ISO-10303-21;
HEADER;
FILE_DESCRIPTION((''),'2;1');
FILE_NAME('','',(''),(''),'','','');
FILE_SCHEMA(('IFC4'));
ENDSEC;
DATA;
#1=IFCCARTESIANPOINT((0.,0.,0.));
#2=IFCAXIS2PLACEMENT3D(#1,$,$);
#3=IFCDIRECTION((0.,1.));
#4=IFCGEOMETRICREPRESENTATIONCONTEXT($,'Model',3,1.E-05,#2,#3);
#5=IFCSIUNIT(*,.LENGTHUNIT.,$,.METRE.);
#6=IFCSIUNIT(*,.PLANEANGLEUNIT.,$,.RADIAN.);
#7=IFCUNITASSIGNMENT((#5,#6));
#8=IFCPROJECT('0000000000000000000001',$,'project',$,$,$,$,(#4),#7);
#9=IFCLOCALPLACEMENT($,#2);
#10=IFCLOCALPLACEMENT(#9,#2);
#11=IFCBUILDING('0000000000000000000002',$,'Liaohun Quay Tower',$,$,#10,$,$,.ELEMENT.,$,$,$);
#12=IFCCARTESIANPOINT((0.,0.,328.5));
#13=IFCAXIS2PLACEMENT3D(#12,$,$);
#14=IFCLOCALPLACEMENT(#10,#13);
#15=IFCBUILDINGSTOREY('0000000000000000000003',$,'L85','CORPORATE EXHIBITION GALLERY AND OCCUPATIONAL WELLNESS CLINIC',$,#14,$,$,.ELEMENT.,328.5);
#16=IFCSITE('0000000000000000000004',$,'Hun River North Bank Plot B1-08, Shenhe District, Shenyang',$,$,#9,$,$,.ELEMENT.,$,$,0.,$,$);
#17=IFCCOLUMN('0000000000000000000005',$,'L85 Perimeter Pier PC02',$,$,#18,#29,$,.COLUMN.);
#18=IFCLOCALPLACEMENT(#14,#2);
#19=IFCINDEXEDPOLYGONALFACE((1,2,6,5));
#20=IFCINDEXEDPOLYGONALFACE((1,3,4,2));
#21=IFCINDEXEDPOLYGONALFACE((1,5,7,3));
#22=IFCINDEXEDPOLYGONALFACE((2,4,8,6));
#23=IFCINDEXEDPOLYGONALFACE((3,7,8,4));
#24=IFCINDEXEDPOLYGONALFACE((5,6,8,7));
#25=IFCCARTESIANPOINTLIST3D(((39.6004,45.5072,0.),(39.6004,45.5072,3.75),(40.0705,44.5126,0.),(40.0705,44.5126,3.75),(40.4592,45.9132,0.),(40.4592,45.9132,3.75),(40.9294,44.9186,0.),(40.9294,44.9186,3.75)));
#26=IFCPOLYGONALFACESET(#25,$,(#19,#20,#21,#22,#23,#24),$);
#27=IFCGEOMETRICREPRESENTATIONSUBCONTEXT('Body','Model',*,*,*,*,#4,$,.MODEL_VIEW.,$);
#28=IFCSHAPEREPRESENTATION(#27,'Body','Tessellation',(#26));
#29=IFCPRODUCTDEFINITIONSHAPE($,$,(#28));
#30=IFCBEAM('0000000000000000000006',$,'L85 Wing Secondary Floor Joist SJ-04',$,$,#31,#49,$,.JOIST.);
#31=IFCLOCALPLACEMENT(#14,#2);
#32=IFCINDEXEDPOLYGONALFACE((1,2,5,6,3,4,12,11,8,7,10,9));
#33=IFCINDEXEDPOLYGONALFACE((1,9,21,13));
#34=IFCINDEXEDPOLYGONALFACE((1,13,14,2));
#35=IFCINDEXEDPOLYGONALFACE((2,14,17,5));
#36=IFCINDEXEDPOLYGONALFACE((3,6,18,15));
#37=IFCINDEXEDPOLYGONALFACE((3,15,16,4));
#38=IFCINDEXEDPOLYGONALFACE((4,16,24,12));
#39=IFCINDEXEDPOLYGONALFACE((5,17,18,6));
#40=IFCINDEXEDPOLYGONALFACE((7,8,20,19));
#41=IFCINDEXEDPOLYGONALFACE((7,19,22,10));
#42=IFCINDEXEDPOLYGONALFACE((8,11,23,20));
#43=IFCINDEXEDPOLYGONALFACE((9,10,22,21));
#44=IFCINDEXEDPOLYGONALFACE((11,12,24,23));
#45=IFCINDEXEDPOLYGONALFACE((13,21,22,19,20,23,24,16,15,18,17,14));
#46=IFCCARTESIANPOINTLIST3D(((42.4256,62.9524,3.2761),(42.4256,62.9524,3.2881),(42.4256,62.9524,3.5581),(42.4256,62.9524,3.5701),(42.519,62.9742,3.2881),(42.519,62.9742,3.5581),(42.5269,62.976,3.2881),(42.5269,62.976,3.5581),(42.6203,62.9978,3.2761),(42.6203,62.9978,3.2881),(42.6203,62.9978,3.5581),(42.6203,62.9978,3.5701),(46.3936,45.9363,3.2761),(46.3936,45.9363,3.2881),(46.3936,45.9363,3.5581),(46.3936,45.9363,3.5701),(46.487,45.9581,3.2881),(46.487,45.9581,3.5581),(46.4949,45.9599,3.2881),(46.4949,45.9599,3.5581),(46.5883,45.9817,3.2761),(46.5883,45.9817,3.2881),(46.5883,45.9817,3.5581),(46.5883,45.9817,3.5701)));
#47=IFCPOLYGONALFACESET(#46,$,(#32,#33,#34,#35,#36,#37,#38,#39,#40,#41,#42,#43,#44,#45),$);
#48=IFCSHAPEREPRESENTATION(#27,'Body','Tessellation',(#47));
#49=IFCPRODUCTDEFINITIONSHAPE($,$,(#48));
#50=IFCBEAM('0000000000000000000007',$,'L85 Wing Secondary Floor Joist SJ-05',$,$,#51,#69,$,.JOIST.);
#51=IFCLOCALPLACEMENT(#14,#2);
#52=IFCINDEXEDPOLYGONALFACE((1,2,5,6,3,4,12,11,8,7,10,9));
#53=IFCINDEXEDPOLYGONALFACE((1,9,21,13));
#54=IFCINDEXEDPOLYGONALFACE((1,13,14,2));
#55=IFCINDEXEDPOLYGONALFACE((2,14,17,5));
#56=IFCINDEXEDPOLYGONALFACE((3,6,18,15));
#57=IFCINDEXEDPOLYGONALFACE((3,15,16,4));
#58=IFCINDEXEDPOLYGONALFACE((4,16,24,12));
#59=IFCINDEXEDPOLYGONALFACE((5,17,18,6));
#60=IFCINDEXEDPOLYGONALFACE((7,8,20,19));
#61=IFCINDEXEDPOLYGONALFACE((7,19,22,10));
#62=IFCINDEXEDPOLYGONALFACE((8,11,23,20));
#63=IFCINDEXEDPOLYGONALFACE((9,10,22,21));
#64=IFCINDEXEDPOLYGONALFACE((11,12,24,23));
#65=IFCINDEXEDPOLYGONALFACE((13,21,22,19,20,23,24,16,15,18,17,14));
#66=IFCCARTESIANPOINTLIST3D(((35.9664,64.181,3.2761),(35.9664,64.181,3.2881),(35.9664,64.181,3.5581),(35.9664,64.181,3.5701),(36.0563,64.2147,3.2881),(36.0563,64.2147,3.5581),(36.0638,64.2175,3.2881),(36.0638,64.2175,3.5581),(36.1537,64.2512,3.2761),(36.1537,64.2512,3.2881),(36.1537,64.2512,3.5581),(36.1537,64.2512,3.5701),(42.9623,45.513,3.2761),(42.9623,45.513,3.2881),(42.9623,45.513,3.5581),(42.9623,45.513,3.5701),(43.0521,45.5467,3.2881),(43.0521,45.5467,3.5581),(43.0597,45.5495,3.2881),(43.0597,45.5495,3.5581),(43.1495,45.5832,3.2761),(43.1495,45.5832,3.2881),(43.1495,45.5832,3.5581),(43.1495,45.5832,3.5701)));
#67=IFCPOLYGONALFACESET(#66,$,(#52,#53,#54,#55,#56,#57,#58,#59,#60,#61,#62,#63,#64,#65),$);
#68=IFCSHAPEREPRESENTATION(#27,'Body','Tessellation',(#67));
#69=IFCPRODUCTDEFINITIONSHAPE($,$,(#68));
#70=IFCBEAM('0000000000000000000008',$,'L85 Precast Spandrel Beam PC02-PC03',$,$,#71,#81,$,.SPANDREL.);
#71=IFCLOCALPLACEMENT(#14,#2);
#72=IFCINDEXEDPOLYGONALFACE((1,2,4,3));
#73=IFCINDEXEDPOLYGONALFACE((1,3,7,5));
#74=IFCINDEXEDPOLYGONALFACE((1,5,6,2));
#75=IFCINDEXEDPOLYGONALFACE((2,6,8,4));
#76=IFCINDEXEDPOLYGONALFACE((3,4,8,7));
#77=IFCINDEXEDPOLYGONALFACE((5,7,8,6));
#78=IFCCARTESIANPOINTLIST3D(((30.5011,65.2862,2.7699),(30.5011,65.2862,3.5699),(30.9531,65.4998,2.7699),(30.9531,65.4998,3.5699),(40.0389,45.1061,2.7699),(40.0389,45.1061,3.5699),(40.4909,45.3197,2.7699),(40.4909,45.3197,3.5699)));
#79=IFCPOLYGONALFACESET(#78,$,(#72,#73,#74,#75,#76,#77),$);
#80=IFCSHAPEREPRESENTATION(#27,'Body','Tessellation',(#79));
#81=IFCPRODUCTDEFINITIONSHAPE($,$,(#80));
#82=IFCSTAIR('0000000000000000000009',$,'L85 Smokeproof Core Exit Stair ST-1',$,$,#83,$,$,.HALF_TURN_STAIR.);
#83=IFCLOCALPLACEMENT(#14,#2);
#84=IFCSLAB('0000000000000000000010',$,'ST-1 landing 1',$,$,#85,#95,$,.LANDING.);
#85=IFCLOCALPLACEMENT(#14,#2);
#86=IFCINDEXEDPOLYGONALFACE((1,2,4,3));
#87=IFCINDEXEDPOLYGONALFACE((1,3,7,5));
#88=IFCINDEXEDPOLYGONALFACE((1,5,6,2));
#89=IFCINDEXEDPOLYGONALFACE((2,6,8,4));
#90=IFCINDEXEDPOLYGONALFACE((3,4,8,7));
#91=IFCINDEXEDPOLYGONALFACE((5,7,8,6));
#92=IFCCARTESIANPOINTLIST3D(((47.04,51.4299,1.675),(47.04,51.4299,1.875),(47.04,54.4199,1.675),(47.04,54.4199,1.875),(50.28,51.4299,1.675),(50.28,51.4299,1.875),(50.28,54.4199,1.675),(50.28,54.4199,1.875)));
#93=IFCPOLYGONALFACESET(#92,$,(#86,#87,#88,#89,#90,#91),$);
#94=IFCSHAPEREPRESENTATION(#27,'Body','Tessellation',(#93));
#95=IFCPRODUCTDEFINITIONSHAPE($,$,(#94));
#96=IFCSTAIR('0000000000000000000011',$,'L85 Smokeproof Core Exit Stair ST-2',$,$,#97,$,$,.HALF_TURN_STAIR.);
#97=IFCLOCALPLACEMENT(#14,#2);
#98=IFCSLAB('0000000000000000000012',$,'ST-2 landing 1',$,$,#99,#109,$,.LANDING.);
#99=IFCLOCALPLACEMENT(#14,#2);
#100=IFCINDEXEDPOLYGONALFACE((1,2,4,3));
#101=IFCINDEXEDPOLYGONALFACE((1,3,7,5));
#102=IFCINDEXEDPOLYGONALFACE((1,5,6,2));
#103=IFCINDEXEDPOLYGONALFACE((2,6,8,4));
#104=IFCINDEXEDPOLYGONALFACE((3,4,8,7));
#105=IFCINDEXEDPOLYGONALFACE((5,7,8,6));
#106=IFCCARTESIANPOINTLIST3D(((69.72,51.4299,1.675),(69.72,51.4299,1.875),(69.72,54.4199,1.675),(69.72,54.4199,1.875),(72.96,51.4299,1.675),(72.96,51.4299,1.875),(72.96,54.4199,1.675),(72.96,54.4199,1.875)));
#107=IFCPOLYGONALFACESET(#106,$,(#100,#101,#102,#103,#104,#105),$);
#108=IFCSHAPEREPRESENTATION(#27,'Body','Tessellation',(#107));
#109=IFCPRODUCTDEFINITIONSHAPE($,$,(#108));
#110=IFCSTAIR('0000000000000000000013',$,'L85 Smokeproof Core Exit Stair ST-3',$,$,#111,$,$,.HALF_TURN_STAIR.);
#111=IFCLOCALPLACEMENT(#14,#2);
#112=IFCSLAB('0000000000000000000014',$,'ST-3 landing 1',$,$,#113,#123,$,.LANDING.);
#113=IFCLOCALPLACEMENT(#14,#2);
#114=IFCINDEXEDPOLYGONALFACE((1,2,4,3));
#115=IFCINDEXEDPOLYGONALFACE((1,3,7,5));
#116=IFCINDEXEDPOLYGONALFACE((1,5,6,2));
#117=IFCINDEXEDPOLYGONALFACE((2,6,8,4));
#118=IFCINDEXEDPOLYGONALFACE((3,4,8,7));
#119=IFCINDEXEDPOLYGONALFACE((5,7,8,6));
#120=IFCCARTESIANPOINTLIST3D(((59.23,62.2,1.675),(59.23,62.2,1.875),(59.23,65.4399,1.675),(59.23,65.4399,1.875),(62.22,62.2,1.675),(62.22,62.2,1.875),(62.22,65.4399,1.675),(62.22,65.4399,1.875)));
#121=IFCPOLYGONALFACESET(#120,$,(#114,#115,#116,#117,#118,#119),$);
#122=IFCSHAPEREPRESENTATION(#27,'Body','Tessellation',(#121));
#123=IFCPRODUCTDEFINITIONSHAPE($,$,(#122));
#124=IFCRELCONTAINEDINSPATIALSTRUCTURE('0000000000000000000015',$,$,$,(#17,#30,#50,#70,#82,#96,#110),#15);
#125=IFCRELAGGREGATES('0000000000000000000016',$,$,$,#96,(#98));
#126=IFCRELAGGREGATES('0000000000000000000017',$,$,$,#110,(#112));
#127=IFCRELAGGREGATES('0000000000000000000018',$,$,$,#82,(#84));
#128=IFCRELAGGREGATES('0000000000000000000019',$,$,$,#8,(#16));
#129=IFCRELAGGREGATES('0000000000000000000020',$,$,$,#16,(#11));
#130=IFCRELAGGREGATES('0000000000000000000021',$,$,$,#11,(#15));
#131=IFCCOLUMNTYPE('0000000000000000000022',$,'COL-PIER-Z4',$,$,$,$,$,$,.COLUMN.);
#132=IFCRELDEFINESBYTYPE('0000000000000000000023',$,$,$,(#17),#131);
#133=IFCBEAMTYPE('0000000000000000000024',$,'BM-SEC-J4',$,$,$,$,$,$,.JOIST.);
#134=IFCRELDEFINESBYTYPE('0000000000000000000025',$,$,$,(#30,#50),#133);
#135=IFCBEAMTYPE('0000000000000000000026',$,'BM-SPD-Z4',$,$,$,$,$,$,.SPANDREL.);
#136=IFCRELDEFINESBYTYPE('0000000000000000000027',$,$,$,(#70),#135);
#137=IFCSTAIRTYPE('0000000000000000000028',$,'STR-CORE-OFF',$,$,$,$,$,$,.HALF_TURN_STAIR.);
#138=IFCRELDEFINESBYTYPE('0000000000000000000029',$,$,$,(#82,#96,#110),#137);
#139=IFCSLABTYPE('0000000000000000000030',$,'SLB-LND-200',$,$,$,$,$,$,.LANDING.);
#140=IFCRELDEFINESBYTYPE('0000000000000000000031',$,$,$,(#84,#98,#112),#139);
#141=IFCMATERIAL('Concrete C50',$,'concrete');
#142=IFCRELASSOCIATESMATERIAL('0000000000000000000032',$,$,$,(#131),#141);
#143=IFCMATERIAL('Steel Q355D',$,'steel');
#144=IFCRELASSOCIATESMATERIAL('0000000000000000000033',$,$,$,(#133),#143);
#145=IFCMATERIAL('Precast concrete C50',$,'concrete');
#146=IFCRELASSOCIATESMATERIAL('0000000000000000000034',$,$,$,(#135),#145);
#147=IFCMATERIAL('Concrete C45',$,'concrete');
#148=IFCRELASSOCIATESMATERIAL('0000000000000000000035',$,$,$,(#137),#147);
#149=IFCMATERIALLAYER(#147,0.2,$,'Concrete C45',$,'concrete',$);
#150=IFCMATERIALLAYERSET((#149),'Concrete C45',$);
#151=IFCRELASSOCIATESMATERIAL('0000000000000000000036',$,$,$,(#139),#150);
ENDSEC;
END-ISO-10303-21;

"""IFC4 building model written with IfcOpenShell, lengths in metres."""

from ifc_helpers import new_model, si_unit, direction, frame, origin, origin_2d, place, context, subcontext, project, spatial, polyline, rectangle, i_section, outline, extrude, source, transform, mapped, material, layer, layer_set, material_profile, profile_set, type_object, element, aggregate, save


model = new_model("IFC4")

# Units and contexts
model_context = context("Model", 3, precision=1e-05, world=origin(), true_north=direction((0.0, 1.0)))
body_context = subcontext(model_context, "Body", "Model", "MODEL_VIEW")
ifc_project = project(units=[si_unit("LENGTHUNIT", "METRE"), si_unit("PLANEANGLEUNIT", "RADIAN")], contexts=[model_context])

# Site, building, storey
site_placement = place(None, origin())
site = spatial("IfcSite", under=ifc_project, at=site_placement, Name="Hun River North Bank Plot B1-08, Shenhe District, Shenyang", CompositionType="ELEMENT", RefElevation=0.0)
building_placement = place(site_placement, origin())
building = spatial("IfcBuilding", under=site, at=building_placement, Name="Liaohun Quay Tower", CompositionType="ELEMENT")
storey_placement = place(building_placement, frame((0.0, 0.0, 328.5)))
storey = spatial("IfcBuildingStorey", under=building, at=storey_placement, Name="L85", Description="CORPORATE EXHIBITION GALLERY AND OCCUPATIONAL WELLNESS CLINIC", CompositionType="ELEMENT", Elevation=328.5)

# Column
ifc_material_1 = material(Name="Concrete C50", Category="concrete")
ifc_material_profile_1 = material_profile(ifc_material_1, rectangle(XDim=1.1001, YDim=0.95, at=origin_2d()), Name="RC1100x950")
ifc_profile_set_1 = profile_set([ifc_material_profile_1], Name="Concrete C50")
column_type = type_object("IfcColumnType", Name="COL-PIER-Z4", PredefinedType="COLUMN", material=ifc_profile_set_1)
shared_shape_1 = source(origin(), body_context, "Body", "SweptSolid", [
    extrude(rectangle(XDim=1.1001, YDim=0.95, at=origin_2d()), origin(), (0.0, 0.0, 1.0), 3.75),
])
column_placement = place(storey_placement, frame((40.2649, 45.2129, 0.0), z_axis=(0.0, 0.0, 1.0), x_axis=(-0.427358, 0.904083, 0.0)))
element("IfcColumn", 1, at=column_placement, inside=storey, type_object=column_type, Name="L85 Perimeter Pier PC02", PredefinedType="COLUMN", context=body_context, shape_type="MappedRepresentation", body=[
    mapped(shared_shape_1, transform((0.0, 0.0, 0.0), x_axis=(1.0, 0.0, 0.0), y_axis=(0.0, 1.0, 0.0), z_axis=(0.0, 0.0, 1.0), scale=1.0)),
])

# Beams
ifc_material_2 = material(Name="Steel Q355D", Category="steel")
ifc_material_profile_2 = material_profile(ifc_material_2, i_section(OverallWidth=0.2, OverallDepth=0.2939, WebThickness=0.0081, FlangeThickness=0.012, at=origin_2d()), Name="HM294x200x8x12")
ifc_profile_set_2 = profile_set([ifc_material_profile_2], Name="Steel Q355D")
beam_type_1 = type_object("IfcBeamType", Name="BM-SEC-J4", PredefinedType="JOIST", material=ifc_profile_set_2)
shared_shape_2 = source(origin(), body_context, "Body", "SweptSolid", [
    extrude(i_section(OverallWidth=0.2, OverallDepth=0.2939, WebThickness=0.0081, FlangeThickness=0.012, at=origin_2d()), origin(), (0.0, 0.0, 1.0), 17.4727),
])
beam_1_placement = place(storey_placement, frame((46.491, 45.959, 3.4231), z_axis=(-0.227099, 0.973872, 0.0), x_axis=(-0.973872, -0.227099, 0.0)))
element("IfcBeam", 2, at=beam_1_placement, inside=storey, type_object=beam_type_1, Name="L85 Wing Secondary Floor Joist SJ-04", PredefinedType="JOIST", context=body_context, shape_type="MappedRepresentation", body=[
    mapped(shared_shape_2, transform((0.0, 0.0, 0.0), x_axis=(1.0, 0.0, 0.0), y_axis=(0.0, 1.0, 0.0), z_axis=(0.0, 0.0, 1.0), scale=1.0)),
])
shared_shape_3 = source(origin(), body_context, "Body", "SweptSolid", [
    extrude(i_section(OverallWidth=0.2, OverallDepth=0.2939, WebThickness=0.0081, FlangeThickness=0.012, at=origin_2d()), origin(), (0.0, 0.0, 1.0), 19.9358),
])
beam_2_placement = place(storey_placement, frame((43.0559, 45.5481, 3.4231), z_axis=(-0.350919, 0.936406, 0.0), x_axis=(-0.936406, -0.350919, 0.0)))
element("IfcBeam", 3, at=beam_2_placement, inside=storey, type_object=beam_type_1, Name="L85 Wing Secondary Floor Joist SJ-05", PredefinedType="JOIST", context=body_context, shape_type="MappedRepresentation", body=[
    mapped(shared_shape_3, transform((0.0, 0.0, 0.0), x_axis=(1.0, 0.0, 0.0), y_axis=(0.0, 1.0, 0.0), z_axis=(0.0, 0.0, 1.0), scale=1.0)),
])
ifc_material_3 = material(Name="Precast concrete C50", Category="concrete")
ifc_material_profile_3 = material_profile(ifc_material_3, rectangle(XDim=0.5, YDim=0.8, at=origin_2d()), Name="RC500x800")
ifc_profile_set_3 = profile_set([ifc_material_profile_3], Name="Precast concrete C50")
beam_type_2 = type_object("IfcBeamType", Name="BM-SPD-Z4", PredefinedType="SPANDREL", material=ifc_profile_set_3)
shared_shape_4 = source(origin(), body_context, "Body", "SweptSolid", [
    extrude(rectangle(XDim=0.5, YDim=0.8, at=origin_2d()), origin(), (0.0, 0.0, 1.0), 22.3206),
])
beam_3_placement = place(storey_placement, frame((40.2649, 45.2129, 3.1699), z_axis=(-0.427311, 0.904105, 0.0), x_axis=(-0.904105, -0.427311, 0.0)))
element("IfcBeam", 4, at=beam_3_placement, inside=storey, type_object=beam_type_2, Name="L85 Precast Spandrel Beam PC02-PC03", PredefinedType="SPANDREL", context=body_context, shape_type="MappedRepresentation", body=[
    mapped(shared_shape_4, transform((0.0, 0.0, 0.0), x_axis=(1.0, 0.0, 0.0), y_axis=(0.0, 1.0, 0.0), z_axis=(0.0, 0.0, 1.0), scale=1.0)),
])

# Stairs, slabs
ifc_material_4 = material(Name="Concrete C45", Category="concrete")
stair_type = type_object("IfcStairType", Name="STR-CORE-OFF", PredefinedType="HALF_TURN_STAIR", material=ifc_material_4)
stair_1_placement = place(storey_placement, origin())
stair_1 = element("IfcStair", 5, at=stair_1_placement, inside=storey, type_object=stair_type, Name="L85 Smokeproof Core Exit Stair ST-1", PredefinedType="HALF_TURN_STAIR")
ifc_layer_1 = layer(ifc_material_4, 0.2, Name="Concrete C45", Category="concrete")
ifc_layer_set_1 = layer_set([ifc_layer_1], Name="Concrete C45")
slab_type_1 = type_object("IfcSlabType", Name="SLB-LND-200", PredefinedType="LANDING", material=ifc_layer_set_1)
slab_1_placement = place(storey_placement, frame((0.0, 0.0, 1.675)))
slab_1 = element("IfcSlab", 6, at=slab_1_placement, type_object=slab_type_1, Name="ST-1 landing 1", PredefinedType="LANDING", context=body_context, shape_type="SweptSolid", body=[
    extrude(outline(polyline([(50.28, 51.4299), (50.28, 54.4199), (47.04, 54.4199), (47.04, 51.4299), (50.28, 51.4299)])), origin(), (0.0, 0.0, 1.0), 0.2),
])
stair_2_placement = place(storey_placement, origin())
stair_2 = element("IfcStair", 7, at=stair_2_placement, inside=storey, type_object=stair_type, Name="L85 Smokeproof Core Exit Stair ST-2", PredefinedType="HALF_TURN_STAIR")
slab_2_placement = place(storey_placement, frame((0.0, 0.0, 1.675)))
slab_2 = element("IfcSlab", 8, at=slab_2_placement, type_object=slab_type_1, Name="ST-2 landing 1", PredefinedType="LANDING", context=body_context, shape_type="SweptSolid", body=[
    extrude(outline(polyline([(72.96, 51.4299), (72.96, 54.4199), (69.72, 54.4199), (69.72, 51.4299), (72.96, 51.4299)])), origin(), (0.0, 0.0, 1.0), 0.2),
])
aggregate(stair_2, [slab_2])
stair_3_placement = place(storey_placement, origin())
stair_3 = element("IfcStair", 9, at=stair_3_placement, inside=storey, type_object=stair_type, Name="L85 Smokeproof Core Exit Stair ST-3", PredefinedType="HALF_TURN_STAIR")
slab_3_placement = place(storey_placement, frame((0.0, 0.0, 1.675)))
slab_3 = element("IfcSlab", 10, at=slab_3_placement, type_object=slab_type_1, Name="ST-3 landing 1", PredefinedType="LANDING", context=body_context, shape_type="SweptSolid", body=[
    extrude(outline(polyline([(59.23, 62.2), (62.22, 62.2), (62.22, 65.4399), (59.23, 65.4399), (59.23, 62.2)])), origin(), (0.0, 0.0, 1.0), 0.2),
])
aggregate(stair_3, [slab_3])

aggregate(stair_1, [slab_1])

save(model, "model.ifc")
